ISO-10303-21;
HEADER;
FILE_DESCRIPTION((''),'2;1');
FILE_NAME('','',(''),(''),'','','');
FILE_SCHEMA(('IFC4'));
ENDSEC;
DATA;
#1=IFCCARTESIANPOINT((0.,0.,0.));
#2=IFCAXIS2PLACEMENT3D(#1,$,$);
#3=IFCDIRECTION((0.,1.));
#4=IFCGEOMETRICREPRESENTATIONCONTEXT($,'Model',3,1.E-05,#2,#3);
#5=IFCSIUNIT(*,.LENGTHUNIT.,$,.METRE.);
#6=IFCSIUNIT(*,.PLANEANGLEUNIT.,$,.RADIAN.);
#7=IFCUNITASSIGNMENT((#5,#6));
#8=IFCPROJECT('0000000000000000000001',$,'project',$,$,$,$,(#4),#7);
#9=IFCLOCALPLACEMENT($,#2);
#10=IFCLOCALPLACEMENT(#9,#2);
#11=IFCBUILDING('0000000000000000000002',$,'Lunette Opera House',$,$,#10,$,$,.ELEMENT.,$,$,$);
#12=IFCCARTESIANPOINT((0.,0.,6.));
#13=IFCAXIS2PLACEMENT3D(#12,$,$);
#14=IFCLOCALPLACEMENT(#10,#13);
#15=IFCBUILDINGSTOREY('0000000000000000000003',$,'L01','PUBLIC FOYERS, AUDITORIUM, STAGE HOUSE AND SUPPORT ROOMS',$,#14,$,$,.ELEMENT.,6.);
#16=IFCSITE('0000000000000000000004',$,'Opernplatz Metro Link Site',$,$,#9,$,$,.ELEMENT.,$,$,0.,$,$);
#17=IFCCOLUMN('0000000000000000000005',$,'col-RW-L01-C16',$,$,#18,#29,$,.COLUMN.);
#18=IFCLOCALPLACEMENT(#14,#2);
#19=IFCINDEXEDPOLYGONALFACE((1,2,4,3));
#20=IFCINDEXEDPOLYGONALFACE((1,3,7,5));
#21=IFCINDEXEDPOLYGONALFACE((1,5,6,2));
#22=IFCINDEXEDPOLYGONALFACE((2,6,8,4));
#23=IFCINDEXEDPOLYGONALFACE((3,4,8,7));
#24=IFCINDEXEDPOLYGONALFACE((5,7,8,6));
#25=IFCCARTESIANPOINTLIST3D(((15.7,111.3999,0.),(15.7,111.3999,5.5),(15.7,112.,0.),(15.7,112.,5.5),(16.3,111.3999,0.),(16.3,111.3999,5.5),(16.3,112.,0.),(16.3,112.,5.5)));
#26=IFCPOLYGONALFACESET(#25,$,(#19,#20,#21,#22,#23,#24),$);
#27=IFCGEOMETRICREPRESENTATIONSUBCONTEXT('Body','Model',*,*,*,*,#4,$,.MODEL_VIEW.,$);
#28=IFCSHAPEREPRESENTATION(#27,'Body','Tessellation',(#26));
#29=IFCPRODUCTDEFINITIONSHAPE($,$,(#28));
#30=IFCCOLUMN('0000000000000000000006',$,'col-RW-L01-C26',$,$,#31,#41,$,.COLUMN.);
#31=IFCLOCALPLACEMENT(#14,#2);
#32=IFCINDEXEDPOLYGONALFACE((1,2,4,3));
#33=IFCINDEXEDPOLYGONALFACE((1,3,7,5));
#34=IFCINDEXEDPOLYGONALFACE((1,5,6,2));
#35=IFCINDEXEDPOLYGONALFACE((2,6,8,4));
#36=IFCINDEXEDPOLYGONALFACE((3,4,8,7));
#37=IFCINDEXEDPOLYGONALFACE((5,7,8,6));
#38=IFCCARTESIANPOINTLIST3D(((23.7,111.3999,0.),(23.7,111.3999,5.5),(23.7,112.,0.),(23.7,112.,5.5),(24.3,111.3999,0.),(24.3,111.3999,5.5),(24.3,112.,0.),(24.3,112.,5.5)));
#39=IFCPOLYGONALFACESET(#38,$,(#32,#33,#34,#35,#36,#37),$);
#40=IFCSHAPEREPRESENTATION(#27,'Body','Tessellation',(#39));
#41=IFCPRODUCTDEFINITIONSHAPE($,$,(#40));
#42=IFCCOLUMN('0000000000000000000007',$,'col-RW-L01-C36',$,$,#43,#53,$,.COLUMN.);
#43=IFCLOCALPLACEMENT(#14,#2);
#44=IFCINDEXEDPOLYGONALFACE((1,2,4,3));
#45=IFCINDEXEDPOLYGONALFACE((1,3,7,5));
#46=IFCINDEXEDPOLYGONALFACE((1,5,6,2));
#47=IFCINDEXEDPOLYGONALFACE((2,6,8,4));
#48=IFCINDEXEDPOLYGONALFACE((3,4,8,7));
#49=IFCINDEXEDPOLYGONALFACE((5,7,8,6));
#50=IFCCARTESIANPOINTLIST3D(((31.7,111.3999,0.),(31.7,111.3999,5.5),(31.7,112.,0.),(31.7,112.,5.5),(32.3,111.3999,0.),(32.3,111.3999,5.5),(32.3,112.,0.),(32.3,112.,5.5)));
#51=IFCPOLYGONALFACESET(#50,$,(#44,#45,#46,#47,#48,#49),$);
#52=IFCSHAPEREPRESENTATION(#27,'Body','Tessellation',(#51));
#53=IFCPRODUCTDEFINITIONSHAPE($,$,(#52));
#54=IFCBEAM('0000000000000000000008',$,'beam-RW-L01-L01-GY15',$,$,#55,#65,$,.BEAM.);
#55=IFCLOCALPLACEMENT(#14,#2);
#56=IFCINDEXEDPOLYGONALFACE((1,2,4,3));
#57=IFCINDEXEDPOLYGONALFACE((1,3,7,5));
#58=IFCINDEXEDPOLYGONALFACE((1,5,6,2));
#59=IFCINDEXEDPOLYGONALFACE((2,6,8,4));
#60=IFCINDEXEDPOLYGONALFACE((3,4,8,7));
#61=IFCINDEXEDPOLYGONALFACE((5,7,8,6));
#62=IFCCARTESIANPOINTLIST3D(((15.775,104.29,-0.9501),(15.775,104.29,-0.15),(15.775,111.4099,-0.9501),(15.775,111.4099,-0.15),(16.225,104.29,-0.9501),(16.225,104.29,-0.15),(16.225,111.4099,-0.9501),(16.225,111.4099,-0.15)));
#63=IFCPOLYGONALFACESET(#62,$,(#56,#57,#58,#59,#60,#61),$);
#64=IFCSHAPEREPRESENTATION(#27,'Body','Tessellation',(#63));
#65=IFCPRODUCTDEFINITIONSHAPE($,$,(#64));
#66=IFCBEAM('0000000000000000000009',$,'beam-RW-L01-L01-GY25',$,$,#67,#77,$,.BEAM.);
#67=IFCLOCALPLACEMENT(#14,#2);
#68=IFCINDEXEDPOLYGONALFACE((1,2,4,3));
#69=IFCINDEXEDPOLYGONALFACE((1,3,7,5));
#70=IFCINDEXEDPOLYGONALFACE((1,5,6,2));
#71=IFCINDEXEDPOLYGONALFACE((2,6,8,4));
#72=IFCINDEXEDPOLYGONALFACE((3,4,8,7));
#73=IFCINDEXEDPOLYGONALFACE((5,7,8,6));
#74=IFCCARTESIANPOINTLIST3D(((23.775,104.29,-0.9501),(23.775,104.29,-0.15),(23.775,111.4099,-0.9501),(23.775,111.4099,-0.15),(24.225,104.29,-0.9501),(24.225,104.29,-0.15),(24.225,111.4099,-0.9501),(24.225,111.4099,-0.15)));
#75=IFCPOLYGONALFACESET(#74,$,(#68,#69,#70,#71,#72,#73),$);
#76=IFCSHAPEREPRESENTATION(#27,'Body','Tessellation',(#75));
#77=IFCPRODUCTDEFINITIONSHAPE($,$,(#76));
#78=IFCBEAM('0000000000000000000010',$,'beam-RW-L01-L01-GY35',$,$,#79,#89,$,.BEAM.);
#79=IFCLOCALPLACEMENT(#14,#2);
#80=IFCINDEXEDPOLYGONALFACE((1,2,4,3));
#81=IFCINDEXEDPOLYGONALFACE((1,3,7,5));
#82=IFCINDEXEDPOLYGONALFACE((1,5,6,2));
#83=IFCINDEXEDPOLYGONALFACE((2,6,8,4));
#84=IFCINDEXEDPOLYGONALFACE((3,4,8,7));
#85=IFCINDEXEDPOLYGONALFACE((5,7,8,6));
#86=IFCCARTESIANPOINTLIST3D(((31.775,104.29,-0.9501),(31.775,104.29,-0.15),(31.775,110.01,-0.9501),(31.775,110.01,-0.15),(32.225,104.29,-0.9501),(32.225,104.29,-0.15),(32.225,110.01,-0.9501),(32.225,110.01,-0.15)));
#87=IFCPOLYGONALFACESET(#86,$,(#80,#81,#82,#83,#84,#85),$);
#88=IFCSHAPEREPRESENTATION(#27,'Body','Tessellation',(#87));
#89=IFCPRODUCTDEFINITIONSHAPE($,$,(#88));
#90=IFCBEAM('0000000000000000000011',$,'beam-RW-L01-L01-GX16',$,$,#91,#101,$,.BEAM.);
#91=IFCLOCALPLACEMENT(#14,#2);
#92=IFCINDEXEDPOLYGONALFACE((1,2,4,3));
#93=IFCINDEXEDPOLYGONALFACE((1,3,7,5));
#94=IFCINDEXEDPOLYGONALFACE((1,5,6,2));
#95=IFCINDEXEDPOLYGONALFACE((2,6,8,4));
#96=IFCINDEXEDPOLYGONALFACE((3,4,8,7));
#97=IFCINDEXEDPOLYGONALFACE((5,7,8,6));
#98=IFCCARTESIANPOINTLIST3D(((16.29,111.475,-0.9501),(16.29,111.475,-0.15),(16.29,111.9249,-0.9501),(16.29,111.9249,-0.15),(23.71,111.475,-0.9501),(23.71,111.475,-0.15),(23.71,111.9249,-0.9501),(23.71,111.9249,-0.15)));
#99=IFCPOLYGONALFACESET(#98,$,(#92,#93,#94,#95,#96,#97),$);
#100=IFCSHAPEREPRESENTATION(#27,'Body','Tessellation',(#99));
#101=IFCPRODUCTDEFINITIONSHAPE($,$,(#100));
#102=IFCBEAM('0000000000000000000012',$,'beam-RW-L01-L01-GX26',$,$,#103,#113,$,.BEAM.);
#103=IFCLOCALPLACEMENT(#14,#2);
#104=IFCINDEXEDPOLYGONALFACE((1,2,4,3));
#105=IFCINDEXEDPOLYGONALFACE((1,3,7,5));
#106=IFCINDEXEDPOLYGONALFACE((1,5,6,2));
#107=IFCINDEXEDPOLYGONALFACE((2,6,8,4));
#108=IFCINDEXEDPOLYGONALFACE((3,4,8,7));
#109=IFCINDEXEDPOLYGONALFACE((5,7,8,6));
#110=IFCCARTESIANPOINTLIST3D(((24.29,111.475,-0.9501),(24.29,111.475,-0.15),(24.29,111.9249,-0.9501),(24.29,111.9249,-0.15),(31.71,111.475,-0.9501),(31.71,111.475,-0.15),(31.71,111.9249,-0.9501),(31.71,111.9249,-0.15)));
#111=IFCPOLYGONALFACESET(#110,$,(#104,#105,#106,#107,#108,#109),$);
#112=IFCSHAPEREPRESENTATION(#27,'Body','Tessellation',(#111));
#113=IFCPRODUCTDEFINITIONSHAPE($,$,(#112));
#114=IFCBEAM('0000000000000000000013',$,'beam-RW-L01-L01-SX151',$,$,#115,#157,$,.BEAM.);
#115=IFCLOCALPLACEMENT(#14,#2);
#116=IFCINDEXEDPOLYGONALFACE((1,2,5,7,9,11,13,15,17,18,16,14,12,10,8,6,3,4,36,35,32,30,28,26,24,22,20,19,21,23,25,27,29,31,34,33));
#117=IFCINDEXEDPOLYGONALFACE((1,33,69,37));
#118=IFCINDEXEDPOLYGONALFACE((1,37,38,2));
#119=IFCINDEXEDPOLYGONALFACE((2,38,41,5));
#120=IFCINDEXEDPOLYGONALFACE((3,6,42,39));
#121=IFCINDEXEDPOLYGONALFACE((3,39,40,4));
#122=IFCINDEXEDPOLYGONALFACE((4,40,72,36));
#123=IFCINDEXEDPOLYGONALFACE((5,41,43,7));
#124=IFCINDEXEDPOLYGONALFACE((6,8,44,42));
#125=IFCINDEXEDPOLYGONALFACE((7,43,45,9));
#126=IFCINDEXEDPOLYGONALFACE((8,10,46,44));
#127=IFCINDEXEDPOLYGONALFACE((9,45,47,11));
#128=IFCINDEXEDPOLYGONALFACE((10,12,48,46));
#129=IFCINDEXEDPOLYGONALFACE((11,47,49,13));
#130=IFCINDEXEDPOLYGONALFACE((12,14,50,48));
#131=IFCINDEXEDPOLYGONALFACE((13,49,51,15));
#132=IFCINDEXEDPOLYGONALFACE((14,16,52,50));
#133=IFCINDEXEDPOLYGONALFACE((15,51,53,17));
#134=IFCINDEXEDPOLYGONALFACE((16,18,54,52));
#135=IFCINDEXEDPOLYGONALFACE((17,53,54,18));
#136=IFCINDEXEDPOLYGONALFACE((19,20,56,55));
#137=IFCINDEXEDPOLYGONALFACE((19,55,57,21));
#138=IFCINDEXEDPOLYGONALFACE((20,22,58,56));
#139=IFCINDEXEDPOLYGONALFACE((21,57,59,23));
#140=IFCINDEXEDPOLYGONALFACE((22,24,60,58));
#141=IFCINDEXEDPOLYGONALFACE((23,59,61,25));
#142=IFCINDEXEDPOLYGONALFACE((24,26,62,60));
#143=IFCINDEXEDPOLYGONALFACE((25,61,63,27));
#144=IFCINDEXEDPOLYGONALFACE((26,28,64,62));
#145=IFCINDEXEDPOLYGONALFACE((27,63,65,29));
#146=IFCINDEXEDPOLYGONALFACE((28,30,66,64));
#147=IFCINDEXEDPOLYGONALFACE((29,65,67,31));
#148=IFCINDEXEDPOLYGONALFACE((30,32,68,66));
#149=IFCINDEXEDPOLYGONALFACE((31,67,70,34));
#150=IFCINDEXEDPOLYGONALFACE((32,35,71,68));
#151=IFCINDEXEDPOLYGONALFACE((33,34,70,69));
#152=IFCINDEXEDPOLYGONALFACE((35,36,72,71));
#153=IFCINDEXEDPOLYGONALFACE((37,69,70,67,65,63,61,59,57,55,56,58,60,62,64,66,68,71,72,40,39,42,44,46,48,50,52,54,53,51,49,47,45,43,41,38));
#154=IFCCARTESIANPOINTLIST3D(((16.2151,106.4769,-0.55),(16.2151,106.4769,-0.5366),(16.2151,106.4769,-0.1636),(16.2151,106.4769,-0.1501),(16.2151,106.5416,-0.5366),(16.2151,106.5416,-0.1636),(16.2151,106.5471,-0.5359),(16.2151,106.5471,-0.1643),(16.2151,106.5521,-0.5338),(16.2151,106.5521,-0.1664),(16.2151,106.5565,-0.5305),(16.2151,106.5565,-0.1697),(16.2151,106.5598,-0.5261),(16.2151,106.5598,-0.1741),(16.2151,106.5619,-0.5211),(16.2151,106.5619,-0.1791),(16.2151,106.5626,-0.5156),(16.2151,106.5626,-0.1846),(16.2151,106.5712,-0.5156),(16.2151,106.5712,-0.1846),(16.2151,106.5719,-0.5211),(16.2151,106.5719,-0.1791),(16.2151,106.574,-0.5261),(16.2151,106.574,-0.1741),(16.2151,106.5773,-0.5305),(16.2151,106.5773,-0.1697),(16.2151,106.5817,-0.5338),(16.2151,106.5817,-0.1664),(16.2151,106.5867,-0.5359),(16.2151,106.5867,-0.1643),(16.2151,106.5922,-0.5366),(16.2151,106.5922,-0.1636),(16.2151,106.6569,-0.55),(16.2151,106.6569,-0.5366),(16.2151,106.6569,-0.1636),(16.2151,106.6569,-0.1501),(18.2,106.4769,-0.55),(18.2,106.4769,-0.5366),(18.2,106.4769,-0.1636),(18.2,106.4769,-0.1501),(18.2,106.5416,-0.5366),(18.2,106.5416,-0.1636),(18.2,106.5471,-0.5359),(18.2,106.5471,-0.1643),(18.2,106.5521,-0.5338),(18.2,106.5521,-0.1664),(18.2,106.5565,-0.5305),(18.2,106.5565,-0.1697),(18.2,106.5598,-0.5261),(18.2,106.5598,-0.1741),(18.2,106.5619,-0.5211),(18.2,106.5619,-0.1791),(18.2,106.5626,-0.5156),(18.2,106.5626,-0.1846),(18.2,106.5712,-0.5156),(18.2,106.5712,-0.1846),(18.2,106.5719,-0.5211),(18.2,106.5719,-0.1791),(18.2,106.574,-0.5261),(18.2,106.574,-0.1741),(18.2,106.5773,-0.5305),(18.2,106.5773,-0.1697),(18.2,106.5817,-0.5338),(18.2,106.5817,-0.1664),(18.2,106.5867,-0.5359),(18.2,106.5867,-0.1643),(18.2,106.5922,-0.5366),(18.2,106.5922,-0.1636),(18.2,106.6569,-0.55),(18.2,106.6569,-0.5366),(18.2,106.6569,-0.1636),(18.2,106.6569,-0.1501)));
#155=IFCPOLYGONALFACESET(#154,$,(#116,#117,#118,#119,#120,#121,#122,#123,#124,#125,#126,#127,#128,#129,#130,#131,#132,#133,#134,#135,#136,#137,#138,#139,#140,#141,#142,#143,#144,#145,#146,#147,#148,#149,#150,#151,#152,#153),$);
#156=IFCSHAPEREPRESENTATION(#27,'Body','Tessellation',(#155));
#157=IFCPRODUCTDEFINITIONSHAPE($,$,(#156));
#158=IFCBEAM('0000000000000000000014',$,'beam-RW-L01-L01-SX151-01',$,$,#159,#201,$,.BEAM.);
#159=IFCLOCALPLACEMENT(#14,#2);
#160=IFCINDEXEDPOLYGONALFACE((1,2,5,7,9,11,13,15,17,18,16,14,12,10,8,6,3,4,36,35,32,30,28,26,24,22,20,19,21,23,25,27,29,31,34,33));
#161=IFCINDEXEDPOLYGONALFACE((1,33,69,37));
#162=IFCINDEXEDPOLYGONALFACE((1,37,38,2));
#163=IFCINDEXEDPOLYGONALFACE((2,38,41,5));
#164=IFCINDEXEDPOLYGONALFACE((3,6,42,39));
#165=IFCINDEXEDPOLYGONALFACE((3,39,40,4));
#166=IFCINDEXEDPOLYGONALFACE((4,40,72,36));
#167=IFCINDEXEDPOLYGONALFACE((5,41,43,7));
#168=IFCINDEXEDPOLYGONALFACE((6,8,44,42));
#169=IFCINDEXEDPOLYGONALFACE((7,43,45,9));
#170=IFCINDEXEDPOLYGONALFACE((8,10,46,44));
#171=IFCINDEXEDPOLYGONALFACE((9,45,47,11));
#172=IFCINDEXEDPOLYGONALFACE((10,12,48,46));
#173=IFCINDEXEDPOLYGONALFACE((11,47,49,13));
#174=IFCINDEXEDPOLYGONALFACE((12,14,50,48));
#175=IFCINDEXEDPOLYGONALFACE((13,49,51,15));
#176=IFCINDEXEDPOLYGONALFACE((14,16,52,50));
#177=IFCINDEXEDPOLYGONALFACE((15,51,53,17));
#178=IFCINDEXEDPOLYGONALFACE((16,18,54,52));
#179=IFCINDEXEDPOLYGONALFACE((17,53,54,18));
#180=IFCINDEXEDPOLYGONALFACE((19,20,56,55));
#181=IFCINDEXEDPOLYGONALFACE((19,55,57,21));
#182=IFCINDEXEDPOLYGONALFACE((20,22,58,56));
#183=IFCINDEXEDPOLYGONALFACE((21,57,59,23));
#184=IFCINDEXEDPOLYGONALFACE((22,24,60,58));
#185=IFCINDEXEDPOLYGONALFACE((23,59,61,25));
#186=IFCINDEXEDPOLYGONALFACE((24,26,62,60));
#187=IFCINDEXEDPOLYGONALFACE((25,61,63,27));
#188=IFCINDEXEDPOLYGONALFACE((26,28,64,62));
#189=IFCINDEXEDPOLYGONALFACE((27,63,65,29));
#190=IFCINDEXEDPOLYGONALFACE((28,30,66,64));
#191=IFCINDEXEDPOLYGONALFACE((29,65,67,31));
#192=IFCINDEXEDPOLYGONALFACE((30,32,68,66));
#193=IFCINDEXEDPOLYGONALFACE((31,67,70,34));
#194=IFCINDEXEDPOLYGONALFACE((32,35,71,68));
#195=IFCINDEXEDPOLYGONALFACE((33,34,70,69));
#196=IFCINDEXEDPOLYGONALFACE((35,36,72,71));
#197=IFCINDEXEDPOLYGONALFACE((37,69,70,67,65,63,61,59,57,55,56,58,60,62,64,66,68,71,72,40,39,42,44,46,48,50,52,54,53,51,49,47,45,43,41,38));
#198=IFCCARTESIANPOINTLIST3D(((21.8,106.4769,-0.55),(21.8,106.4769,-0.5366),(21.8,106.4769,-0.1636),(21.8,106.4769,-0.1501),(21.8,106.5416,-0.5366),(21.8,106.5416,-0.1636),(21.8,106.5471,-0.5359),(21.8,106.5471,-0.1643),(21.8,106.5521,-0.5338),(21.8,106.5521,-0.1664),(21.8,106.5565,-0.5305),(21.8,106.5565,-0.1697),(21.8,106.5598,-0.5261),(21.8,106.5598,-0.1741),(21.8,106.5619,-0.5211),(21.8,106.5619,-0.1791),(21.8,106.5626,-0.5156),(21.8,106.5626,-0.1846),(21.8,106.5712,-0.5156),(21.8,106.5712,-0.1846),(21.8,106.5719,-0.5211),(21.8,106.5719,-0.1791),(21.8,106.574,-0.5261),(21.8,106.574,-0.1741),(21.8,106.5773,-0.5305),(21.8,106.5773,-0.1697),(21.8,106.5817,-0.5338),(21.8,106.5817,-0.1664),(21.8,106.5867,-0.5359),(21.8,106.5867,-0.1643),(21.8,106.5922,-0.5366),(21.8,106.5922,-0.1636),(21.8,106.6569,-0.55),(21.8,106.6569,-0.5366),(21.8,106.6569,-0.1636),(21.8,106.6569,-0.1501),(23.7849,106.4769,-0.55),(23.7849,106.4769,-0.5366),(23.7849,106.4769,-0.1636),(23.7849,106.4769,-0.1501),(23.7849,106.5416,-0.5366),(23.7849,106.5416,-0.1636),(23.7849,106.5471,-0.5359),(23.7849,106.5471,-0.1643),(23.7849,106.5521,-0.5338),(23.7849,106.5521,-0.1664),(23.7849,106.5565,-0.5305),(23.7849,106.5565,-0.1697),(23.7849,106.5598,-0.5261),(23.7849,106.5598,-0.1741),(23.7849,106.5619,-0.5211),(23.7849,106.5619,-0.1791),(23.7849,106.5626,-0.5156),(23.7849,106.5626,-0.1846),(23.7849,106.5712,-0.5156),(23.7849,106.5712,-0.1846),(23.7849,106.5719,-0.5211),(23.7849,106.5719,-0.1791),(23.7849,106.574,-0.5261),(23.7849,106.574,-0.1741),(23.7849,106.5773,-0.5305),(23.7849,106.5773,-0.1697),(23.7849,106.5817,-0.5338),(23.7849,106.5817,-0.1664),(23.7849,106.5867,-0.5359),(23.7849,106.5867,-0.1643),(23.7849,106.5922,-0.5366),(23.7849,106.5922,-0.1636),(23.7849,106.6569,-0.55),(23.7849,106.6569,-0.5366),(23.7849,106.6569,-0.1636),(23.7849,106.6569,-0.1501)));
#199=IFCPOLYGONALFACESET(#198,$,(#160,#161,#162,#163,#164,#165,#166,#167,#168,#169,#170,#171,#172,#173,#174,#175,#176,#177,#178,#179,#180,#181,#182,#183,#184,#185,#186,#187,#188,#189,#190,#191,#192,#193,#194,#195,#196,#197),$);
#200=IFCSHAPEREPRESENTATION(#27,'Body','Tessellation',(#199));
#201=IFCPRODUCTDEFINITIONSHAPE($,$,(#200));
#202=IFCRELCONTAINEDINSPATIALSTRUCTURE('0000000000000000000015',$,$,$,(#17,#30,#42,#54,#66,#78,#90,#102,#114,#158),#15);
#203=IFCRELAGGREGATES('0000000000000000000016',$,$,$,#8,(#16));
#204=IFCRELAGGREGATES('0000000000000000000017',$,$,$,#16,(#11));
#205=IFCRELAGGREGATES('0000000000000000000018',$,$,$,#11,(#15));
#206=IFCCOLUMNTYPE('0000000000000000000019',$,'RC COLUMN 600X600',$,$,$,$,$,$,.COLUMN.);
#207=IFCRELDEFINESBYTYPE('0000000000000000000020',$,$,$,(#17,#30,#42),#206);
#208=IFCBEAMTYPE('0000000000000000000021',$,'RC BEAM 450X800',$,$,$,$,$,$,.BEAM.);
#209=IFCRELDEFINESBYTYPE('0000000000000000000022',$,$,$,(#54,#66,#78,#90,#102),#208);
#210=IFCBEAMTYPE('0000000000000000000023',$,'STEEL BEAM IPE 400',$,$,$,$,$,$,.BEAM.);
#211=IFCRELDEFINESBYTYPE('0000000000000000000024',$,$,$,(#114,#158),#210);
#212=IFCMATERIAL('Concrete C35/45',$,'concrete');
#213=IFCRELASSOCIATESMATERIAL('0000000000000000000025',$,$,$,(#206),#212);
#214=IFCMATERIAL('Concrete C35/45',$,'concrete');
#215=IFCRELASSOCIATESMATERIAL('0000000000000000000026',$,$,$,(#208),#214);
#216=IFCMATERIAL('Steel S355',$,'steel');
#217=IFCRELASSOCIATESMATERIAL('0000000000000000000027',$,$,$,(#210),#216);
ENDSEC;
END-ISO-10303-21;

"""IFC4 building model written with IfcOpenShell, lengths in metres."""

from ifc_helpers import new_model, si_unit, direction, frame, origin, origin_2d, place, context, subcontext, project, spatial, rectangle, i_section, extrude, material, material_profile, profile_set, type_object, element, save


model = new_model("IFC4")

# Units and contexts
model_context = context("Model", 3, precision=1e-05, world=origin(), true_north=direction((0.0, 1.0)))
body_context = subcontext(model_context, "Body", "Model", "MODEL_VIEW")
ifc_project = project(units=[si_unit("LENGTHUNIT", "METRE"), si_unit("PLANEANGLEUNIT", "RADIAN")], contexts=[model_context])

# Site, building, storey
site_placement = place(None, origin())
site = spatial("IfcSite", under=ifc_project, at=site_placement, Name="Opernplatz Metro Link Site", CompositionType="ELEMENT", RefElevation=0.0)
building_placement = place(site_placement, origin())
building = spatial("IfcBuilding", under=site, at=building_placement, Name="Lunette Opera House", CompositionType="ELEMENT")
storey_placement = place(building_placement, frame((0.0, 0.0, 6.0)))
storey = spatial("IfcBuildingStorey", under=building, at=storey_placement, Name="L01", Description="PUBLIC FOYERS, AUDITORIUM, STAGE HOUSE AND SUPPORT ROOMS", CompositionType="ELEMENT", Elevation=6.0)

# Columns
ifc_material_1 = material(Name="Concrete C35/45", Category="concrete")
ifc_material_profile_1 = material_profile(ifc_material_1, rectangle(XDim=0.6001, YDim=0.6001, at=origin_2d()), Name="RC COLUMN 600X600")
ifc_profile_set_1 = profile_set([ifc_material_profile_1], Name="Concrete C35/45")
column_type = type_object("IfcColumnType", Name="RC COLUMN 600X600", PredefinedType="COLUMN", material=ifc_profile_set_1)
for number, where, z_axis, x_axis, name in (
    (1, (16.0, 111.7, 0.0), (0.0, 0.0, 1.0), (1.0, 0.0, 0.0), "col-RW-L01-C16"),
    (2, (24.0, 111.7, 0.0), (0.0, 0.0, 1.0), (1.0, 0.0, 0.0), "col-RW-L01-C26"),
    (3, (32.0, 111.7, 0.0), (0.0, 0.0, 1.0), (1.0, 0.0, 0.0), "col-RW-L01-C36"),
):
    element("IfcColumn", number, at=place(storey_placement, frame(where, z_axis=z_axis, x_axis=x_axis)), inside=storey, type_object=column_type, Name=name, PredefinedType="COLUMN", context=body_context, shape_type="SweptSolid", body=[
        extrude(rectangle(XDim=0.6001, YDim=0.6001, at=origin_2d()), origin(), (0.0, 0.0, 1.0), 5.5),
    ])

# Beams
ifc_material_2 = material(Name="Concrete C35/45", Category="concrete")
ifc_material_profile_2 = material_profile(ifc_material_2, rectangle(XDim=0.45, YDim=0.8, at=origin_2d()), Name="RC BEAM 450X800")
ifc_profile_set_2 = profile_set([ifc_material_profile_2], Name="Concrete C35/45")
beam_type_1 = type_object("IfcBeamType", Name="RC BEAM 450X800", PredefinedType="BEAM", material=ifc_profile_set_2)
for number, where, z_axis, x_axis, name in (
    (4, (16.0, 104.29, -0.55), (0.0, 1.0, 0.0), (-1.0, 0.0, 0.0), "beam-RW-L01-L01-GY15"),
    (5, (24.0, 104.29, -0.55), (0.0, 1.0, 0.0), (-1.0, 0.0, 0.0), "beam-RW-L01-L01-GY25"),
):
    element("IfcBeam", number, at=place(storey_placement, frame(where, z_axis=z_axis, x_axis=x_axis)), inside=storey, type_object=beam_type_1, Name=name, PredefinedType="BEAM", context=body_context, shape_type="SweptSolid", body=[
        extrude(rectangle(XDim=0.45, YDim=0.8, at=origin_2d()), origin(), (0.0, 0.0, 1.0), 7.1199),
    ])
beam_1_placement = place(storey_placement, frame((32.0, 104.29, -0.55), z_axis=(0.0, 1.0, 0.0), x_axis=(-1.0, 0.0, 0.0)))
element("IfcBeam", 6, at=beam_1_placement, inside=storey, type_object=beam_type_1, Name="beam-RW-L01-L01-GY35", PredefinedType="BEAM", context=body_context, shape_type="SweptSolid", body=[
    extrude(rectangle(XDim=0.45, YDim=0.8, at=origin_2d()), origin(), (0.0, 0.0, 1.0), 5.72),
])
for number, where, z_axis, x_axis, name in (
    (7, (16.29, 111.7, -0.55), (1.0, 0.0, 0.0), (0.0, 1.0, 0.0), "beam-RW-L01-L01-GX16"),
    (8, (24.29, 111.7, -0.55), (1.0, 0.0, 0.0), (0.0, 1.0, 0.0), "beam-RW-L01-L01-GX26"),
):
    element("IfcBeam", number, at=place(storey_placement, frame(where, z_axis=z_axis, x_axis=x_axis)), inside=storey, type_object=beam_type_1, Name=name, PredefinedType="BEAM", context=body_context, shape_type="SweptSolid", body=[
        extrude(rectangle(XDim=0.45, YDim=0.8, at=origin_2d()), origin(), (0.0, 0.0, 1.0), 7.4199),
    ])
ifc_material_3 = material(Name="Steel S355", Category="steel")
ifc_material_profile_3 = material_profile(ifc_material_3, i_section(OverallWidth=0.1799, OverallDepth=0.3999, WebThickness=0.0085, FlangeThickness=0.0134, FilletRadius=0.021, at=origin_2d()), Name="IPE 400")
ifc_profile_set_3 = profile_set([ifc_material_profile_3], Name="Steel S355")
beam_type_2 = type_object("IfcBeamType", Name="STEEL BEAM IPE 400", PredefinedType="BEAM", material=ifc_profile_set_3)
for number, where, z_axis, x_axis, name in (
    (9, (16.2151, 106.5669, -0.3501), (1.0, 0.0, 0.0), (0.0, 1.0, 0.0), "beam-RW-L01-L01-SX151"),
    (10, (21.8, 106.5669, -0.3501), (1.0, 0.0, 0.0), (0.0, 1.0, 0.0), "beam-RW-L01-L01-SX151-01"),
):
    element("IfcBeam", number, at=place(storey_placement, frame(where, z_axis=z_axis, x_axis=x_axis)), inside=storey, type_object=beam_type_2, Name=name, PredefinedType="BEAM", context=body_context, shape_type="SweptSolid", body=[
        extrude(i_section(OverallWidth=0.1799, OverallDepth=0.3999, WebThickness=0.0085, FlangeThickness=0.0134, FilletRadius=0.021, at=origin_2d()), origin(), (0.0, 0.0, 1.0), 1.9849),
    ])

save(model, "model.ifc")
